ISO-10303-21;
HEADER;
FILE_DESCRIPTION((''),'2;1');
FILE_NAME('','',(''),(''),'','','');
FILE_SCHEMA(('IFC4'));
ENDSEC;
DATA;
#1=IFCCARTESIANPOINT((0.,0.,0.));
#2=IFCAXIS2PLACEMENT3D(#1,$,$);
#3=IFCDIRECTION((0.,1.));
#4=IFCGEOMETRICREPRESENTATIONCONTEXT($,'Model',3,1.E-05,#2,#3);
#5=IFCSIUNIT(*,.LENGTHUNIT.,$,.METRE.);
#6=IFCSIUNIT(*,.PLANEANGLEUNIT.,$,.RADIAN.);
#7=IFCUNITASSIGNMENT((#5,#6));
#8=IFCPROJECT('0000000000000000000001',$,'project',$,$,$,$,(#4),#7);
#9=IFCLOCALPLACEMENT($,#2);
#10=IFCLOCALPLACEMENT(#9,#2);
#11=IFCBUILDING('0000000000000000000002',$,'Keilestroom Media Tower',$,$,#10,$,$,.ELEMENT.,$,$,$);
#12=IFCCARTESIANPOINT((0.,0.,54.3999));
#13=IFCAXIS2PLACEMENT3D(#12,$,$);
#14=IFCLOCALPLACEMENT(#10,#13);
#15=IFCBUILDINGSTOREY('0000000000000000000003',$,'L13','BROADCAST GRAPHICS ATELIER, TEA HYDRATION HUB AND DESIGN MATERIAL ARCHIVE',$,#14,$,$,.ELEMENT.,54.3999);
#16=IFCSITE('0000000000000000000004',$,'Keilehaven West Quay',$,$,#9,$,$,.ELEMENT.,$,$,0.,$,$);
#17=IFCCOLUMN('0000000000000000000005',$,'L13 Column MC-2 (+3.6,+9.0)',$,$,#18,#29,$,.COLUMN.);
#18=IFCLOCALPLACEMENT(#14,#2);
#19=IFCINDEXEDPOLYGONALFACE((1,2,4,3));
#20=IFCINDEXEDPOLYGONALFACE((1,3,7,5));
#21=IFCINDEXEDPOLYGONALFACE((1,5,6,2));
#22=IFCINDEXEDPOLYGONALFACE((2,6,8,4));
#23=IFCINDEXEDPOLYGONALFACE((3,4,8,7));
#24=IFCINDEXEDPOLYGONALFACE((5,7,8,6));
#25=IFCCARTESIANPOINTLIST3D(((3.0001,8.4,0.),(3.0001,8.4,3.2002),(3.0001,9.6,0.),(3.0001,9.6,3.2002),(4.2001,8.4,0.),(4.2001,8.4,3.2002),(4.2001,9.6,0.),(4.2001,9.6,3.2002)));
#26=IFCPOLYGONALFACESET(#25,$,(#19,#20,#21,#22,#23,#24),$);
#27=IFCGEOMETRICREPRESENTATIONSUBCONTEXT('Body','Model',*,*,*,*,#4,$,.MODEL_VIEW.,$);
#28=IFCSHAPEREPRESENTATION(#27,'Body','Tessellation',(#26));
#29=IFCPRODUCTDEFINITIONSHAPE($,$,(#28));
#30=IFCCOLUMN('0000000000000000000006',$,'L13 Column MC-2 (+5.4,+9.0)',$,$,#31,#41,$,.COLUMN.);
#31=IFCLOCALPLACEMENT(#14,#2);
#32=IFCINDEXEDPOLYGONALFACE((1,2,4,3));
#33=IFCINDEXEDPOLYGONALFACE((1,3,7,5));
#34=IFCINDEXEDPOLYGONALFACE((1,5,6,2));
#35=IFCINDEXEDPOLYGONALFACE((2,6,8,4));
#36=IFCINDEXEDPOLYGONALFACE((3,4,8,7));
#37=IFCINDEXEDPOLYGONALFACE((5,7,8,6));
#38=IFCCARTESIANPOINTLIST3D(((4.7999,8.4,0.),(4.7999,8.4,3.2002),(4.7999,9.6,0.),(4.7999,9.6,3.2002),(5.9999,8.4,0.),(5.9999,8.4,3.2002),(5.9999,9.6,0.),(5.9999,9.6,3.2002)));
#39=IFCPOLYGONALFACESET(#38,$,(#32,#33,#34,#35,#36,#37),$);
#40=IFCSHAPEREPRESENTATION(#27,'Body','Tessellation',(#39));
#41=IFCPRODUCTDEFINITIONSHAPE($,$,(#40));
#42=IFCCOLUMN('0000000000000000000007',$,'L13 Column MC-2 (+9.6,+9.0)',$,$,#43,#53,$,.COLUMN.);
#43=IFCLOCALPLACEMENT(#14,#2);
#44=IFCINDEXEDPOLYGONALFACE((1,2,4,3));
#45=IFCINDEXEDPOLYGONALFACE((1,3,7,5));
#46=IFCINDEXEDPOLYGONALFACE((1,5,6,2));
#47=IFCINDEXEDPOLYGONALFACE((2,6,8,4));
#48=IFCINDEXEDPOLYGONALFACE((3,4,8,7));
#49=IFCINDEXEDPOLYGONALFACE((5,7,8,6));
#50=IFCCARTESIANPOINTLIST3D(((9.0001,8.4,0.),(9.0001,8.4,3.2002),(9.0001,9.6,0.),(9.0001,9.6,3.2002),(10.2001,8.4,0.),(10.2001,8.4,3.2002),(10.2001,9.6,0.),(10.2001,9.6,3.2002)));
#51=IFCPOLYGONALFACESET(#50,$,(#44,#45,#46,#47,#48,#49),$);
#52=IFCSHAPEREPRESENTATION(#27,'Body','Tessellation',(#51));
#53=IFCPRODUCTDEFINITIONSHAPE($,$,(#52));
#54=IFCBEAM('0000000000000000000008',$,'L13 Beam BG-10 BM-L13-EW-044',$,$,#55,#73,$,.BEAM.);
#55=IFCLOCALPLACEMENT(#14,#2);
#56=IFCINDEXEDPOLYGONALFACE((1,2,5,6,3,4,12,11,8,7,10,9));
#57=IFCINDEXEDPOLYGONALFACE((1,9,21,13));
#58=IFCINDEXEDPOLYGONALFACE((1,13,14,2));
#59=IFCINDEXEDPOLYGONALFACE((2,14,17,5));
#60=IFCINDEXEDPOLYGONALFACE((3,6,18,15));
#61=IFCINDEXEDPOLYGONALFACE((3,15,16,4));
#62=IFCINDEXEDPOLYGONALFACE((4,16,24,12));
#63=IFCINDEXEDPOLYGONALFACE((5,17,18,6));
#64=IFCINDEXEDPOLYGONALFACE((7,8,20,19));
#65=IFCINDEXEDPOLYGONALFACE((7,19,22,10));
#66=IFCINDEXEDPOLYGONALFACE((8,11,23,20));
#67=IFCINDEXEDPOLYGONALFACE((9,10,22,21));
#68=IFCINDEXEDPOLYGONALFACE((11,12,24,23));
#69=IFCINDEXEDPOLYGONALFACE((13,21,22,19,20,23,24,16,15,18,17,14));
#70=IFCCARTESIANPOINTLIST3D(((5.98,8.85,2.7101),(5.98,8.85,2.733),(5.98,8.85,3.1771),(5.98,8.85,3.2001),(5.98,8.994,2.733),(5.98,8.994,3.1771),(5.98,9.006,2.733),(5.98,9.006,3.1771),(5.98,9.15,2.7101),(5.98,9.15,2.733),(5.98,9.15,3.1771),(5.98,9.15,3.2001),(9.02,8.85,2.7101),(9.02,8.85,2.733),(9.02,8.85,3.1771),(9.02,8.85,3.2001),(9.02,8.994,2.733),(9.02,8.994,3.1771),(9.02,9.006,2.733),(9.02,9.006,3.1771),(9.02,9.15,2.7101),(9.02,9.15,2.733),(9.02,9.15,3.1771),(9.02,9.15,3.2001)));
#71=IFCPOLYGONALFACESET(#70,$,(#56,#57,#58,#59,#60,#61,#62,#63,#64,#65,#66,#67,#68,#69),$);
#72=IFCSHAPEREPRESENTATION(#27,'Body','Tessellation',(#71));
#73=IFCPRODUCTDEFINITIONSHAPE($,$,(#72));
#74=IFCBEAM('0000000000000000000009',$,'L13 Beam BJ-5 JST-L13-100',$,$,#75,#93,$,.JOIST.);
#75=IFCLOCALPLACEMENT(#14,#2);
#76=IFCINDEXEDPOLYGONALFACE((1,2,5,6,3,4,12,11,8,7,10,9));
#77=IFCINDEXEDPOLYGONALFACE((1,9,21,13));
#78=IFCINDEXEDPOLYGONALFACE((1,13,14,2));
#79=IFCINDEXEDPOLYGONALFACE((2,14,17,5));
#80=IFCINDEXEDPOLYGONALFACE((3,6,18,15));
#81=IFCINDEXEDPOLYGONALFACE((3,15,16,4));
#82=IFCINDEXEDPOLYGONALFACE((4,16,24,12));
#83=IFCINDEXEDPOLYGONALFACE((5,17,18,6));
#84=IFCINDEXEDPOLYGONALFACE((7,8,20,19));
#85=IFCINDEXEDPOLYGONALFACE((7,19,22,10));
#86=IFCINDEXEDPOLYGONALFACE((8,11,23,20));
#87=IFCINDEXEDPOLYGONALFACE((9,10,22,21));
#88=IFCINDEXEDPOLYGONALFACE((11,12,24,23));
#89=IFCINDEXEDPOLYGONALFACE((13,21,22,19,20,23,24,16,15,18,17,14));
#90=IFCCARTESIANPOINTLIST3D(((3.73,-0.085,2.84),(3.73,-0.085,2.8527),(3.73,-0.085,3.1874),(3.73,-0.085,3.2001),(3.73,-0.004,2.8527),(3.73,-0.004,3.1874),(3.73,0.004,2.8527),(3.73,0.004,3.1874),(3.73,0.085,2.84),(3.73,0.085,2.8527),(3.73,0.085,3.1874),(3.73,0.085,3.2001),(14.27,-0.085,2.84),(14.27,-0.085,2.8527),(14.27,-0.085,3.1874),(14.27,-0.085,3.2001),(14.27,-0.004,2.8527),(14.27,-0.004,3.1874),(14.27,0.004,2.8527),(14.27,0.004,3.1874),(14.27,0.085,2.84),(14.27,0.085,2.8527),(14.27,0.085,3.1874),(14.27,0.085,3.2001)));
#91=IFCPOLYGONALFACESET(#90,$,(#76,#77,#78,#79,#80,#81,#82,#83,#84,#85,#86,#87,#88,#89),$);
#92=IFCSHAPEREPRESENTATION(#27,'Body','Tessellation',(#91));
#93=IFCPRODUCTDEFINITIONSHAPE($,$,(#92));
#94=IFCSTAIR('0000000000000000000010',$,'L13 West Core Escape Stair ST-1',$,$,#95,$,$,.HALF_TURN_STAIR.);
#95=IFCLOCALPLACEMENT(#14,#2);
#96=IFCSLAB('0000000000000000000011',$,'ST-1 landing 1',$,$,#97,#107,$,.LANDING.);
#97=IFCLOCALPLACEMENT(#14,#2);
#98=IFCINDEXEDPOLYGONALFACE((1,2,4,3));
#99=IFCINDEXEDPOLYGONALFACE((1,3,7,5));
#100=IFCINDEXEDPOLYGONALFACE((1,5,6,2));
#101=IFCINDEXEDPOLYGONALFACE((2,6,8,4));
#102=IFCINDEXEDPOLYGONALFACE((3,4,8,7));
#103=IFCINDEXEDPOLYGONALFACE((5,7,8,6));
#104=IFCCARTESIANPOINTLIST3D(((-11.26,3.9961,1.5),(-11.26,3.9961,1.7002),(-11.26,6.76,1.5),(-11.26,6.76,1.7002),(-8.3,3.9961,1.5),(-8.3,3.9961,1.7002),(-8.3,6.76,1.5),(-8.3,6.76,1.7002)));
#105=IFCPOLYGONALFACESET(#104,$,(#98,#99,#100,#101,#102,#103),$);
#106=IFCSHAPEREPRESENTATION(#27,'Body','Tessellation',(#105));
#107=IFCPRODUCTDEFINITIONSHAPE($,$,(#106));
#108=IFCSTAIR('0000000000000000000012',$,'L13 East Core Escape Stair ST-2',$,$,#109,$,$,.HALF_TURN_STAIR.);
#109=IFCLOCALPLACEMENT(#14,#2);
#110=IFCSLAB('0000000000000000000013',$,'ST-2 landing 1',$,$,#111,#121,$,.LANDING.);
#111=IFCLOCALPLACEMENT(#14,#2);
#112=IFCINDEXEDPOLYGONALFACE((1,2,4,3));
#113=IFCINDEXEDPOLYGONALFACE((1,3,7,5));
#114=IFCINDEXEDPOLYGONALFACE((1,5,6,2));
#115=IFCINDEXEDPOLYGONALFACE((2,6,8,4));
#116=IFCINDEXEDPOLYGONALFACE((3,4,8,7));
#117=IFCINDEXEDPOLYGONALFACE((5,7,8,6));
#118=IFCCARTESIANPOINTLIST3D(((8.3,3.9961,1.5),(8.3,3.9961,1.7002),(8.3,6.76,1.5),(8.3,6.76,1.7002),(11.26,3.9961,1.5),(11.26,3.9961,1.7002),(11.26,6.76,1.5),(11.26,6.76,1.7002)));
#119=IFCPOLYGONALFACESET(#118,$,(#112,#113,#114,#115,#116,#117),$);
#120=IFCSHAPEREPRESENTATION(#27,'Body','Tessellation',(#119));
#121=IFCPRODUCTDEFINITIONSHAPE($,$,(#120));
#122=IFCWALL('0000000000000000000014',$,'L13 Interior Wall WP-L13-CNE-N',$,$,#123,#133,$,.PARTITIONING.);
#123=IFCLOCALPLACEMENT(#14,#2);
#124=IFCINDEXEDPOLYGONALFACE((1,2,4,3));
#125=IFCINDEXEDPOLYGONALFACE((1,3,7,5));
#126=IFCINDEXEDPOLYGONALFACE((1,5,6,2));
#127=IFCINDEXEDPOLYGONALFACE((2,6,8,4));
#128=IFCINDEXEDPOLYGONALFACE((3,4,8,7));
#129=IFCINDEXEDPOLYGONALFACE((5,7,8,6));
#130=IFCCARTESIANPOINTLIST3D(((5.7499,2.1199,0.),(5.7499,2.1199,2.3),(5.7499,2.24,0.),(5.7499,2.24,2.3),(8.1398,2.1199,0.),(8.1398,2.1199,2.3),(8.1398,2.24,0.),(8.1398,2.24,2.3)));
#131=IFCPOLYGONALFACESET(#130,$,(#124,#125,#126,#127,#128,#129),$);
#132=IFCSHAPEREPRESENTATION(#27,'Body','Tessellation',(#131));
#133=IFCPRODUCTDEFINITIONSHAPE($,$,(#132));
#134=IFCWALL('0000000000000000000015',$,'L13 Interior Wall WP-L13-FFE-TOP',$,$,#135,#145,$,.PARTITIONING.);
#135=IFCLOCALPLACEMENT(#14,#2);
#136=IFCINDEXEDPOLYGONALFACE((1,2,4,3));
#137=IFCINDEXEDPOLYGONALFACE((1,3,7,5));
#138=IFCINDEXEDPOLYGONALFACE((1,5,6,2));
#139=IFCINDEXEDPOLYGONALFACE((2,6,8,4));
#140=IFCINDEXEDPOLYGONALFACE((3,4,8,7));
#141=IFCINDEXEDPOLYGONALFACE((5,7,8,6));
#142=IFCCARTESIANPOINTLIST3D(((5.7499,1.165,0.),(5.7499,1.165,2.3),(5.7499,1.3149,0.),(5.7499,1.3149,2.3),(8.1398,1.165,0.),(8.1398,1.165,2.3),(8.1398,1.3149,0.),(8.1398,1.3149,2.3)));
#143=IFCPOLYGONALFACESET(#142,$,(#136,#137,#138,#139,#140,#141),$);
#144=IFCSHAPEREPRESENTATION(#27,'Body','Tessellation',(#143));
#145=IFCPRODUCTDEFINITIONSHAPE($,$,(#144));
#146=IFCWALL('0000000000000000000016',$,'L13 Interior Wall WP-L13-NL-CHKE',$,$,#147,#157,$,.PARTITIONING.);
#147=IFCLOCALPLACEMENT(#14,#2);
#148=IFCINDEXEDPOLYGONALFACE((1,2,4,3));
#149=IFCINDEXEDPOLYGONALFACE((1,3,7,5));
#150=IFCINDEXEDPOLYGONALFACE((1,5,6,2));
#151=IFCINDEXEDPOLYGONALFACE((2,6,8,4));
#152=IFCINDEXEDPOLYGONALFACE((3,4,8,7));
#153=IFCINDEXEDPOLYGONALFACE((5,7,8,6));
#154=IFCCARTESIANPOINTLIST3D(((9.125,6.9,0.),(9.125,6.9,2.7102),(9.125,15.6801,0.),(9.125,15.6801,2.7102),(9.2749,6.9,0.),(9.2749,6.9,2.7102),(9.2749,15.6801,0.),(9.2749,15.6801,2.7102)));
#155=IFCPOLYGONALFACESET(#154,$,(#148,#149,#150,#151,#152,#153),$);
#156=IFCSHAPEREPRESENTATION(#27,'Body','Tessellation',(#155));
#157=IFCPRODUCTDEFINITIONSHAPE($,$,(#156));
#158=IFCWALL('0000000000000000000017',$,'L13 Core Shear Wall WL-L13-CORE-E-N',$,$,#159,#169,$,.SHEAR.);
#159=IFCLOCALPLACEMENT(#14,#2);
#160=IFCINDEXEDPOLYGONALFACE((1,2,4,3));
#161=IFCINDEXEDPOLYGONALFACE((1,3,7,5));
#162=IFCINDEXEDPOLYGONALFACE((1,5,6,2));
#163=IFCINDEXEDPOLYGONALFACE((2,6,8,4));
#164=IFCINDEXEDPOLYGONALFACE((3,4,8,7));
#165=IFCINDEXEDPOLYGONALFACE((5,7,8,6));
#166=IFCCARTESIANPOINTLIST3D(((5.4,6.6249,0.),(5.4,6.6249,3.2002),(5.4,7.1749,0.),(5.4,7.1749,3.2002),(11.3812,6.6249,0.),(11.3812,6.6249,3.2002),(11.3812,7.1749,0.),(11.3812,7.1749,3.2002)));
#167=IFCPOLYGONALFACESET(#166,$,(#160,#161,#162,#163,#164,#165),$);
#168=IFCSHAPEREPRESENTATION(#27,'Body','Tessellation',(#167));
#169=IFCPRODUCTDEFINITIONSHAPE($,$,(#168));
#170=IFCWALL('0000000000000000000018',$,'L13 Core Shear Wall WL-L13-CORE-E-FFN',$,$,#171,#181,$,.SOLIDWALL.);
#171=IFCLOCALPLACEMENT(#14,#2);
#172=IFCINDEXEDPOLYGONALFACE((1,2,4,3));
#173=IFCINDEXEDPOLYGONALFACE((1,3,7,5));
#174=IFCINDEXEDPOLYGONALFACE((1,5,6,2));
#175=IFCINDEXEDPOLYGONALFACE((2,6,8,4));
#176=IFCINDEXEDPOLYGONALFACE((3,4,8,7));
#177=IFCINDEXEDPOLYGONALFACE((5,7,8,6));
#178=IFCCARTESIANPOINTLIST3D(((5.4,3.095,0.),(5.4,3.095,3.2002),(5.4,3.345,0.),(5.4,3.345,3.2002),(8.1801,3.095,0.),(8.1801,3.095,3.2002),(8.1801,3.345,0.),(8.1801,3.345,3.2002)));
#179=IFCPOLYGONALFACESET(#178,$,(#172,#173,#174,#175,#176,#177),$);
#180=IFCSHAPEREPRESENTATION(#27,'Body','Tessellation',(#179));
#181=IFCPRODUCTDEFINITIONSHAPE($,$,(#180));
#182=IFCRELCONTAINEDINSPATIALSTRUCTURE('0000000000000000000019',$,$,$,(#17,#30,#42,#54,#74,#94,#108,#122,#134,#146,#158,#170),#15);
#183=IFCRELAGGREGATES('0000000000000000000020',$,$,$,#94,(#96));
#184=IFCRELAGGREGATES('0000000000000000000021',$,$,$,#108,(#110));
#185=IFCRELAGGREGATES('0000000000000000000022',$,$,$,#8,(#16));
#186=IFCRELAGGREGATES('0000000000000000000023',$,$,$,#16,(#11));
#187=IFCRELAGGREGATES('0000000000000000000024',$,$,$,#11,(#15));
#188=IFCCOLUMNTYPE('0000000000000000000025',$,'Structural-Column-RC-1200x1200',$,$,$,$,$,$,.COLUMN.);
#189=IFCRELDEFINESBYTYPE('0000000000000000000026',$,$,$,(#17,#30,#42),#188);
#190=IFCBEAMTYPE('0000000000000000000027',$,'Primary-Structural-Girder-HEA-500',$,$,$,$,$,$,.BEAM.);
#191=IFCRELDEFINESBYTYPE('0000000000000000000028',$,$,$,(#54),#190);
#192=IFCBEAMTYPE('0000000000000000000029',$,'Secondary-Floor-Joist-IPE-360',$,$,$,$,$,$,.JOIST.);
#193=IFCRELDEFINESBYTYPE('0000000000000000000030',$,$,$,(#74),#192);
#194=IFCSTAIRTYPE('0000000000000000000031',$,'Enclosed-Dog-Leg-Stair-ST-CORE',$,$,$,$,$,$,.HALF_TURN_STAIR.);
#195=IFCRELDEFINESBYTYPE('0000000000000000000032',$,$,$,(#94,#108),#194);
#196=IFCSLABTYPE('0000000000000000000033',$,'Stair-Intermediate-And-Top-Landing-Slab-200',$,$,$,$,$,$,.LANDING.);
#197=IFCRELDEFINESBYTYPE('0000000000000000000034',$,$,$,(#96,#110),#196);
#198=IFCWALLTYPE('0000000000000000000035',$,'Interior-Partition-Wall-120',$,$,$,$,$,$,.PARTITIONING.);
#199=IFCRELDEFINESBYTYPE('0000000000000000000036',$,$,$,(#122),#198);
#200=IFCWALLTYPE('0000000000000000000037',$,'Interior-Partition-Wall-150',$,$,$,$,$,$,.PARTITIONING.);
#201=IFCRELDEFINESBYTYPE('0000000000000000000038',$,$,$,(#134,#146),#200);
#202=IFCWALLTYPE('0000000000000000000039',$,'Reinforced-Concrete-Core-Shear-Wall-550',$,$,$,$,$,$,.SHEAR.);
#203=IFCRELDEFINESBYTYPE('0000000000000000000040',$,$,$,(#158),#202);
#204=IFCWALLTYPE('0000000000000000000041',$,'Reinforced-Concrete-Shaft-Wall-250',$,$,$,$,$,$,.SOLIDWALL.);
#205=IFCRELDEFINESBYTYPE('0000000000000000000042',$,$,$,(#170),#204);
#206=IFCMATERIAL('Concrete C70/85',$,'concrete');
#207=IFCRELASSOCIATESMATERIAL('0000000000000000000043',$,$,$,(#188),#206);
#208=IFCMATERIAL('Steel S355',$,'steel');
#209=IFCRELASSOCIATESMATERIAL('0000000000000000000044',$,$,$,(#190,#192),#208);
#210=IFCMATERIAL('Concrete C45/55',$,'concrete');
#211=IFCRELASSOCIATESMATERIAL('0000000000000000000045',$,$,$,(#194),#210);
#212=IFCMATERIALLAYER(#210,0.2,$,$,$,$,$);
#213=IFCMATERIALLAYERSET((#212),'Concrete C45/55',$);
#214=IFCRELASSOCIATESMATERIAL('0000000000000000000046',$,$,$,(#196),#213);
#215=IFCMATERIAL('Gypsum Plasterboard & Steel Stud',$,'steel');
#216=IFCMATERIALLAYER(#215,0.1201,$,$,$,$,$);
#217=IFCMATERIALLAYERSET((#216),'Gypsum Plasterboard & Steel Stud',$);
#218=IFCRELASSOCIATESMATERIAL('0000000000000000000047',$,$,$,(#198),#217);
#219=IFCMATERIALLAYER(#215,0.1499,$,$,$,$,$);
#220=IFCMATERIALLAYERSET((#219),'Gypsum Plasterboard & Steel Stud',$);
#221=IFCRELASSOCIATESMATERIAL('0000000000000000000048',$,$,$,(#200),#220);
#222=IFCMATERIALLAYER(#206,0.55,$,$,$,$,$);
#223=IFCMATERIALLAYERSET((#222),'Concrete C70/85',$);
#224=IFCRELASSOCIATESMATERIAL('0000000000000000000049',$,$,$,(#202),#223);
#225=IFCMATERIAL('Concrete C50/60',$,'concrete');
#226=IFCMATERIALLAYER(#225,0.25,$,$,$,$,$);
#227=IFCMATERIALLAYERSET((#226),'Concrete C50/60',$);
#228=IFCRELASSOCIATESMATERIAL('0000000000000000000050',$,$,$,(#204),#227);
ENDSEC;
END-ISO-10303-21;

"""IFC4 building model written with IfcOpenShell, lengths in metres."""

from ifc_helpers import new_model, si_unit, direction, frame, frame_2d, origin, origin_2d, place, context, subcontext, project, spatial, polyline, rectangle, i_section, outline, extrude, source, transform, mapped, material, layer, layer_set, material_profile, profile_set, type_object, element, aggregate, save


model = new_model("IFC4")

# Units and contexts
model_context = context("Model", 3, precision=1e-05, world=origin(), true_north=direction((0.0, 1.0)))
body_context = subcontext(model_context, "Body", "Model", "MODEL_VIEW")
ifc_project = project(units=[si_unit("LENGTHUNIT", "METRE"), si_unit("PLANEANGLEUNIT", "RADIAN")], contexts=[model_context])

# Site, building, storey
site_placement = place(None, origin())
site = spatial("IfcSite", under=ifc_project, at=site_placement, Name="Keilehaven West Quay", CompositionType="ELEMENT", RefElevation=0.0)
building_placement = place(site_placement, origin())
building = spatial("IfcBuilding", under=site, at=building_placement, Name="Keilestroom Media Tower", CompositionType="ELEMENT")
storey_placement = place(building_placement, frame((0.0, 0.0, 54.3999)))
storey = spatial("IfcBuildingStorey", under=building, at=storey_placement, Name="L13", Description="BROADCAST GRAPHICS ATELIER, TEA HYDRATION HUB AND DESIGN MATERIAL ARCHIVE", CompositionType="ELEMENT", Elevation=54.3999)

# Columns
ifc_material_1 = material(Name="Concrete C70/85", Category="concrete")
ifc_material_profile_1 = material_profile(ifc_material_1, rectangle(XDim=1.2, YDim=1.2, at=origin_2d()), Name="RC 1200x1200")
ifc_profile_set_1 = profile_set([ifc_material_profile_1], Name="Concrete C70/85")
column_type = type_object("IfcColumnType", Name="Structural-Column-RC-1200x1200", PredefinedType="COLUMN", material=ifc_profile_set_1)
shared_shape_1 = source(origin(), body_context, "Body", "SweptSolid", [
    extrude(rectangle(XDim=1.2, YDim=1.2, at=origin_2d()), origin(), (0.0, 0.0, 1.0), 3.2002),
])
for number, where, z_axis, x_axis, name in (
    (1, (3.6001, 9.0, 0.0), (0.0, 0.0, 1.0), (1.0, 0.0, 0.0), "L13 Column MC-2 (+3.6,+9.0)"),
    (2, (5.3999, 9.0, 0.0), (0.0, 0.0, 1.0), (1.0, 0.0, 0.0), "L13 Column MC-2 (+5.4,+9.0)"),
    (3, (9.6001, 9.0, 0.0), (0.0, 0.0, 1.0), (1.0, 0.0, 0.0), "L13 Column MC-2 (+9.6,+9.0)"),
):
    element("IfcColumn", number, at=place(storey_placement, frame(where, z_axis=z_axis, x_axis=x_axis)), inside=storey, type_object=column_type, Name=name, PredefinedType="COLUMN", context=body_context, shape_type="MappedRepresentation", body=[
        mapped(shared_shape_1, transform((0.0, 0.0, 0.0), x_axis=(1.0, 0.0, 0.0), y_axis=(0.0, 1.0, 0.0), z_axis=(0.0, 0.0, 1.0), scale=1.0)),
    ])

# Beams
ifc_material_2 = material(Name="Steel S355", Category="steel")
ifc_material_profile_2 = material_profile(ifc_material_2, i_section(OverallWidth=0.3, OverallDepth=0.49, WebThickness=0.012, FlangeThickness=0.0229, at=origin_2d()), Name="HEA 500")
ifc_profile_set_2 = profile_set([ifc_material_profile_2], Name="Steel S355")
beam_type_1 = type_object("IfcBeamType", Name="Primary-Structural-Girder-HEA-500", PredefinedType="BEAM", material=ifc_profile_set_2)
shared_shape_2 = source(origin(), body_context, "Body", "SweptSolid", [
    extrude(i_section(OverallWidth=0.3, OverallDepth=0.49, WebThickness=0.012, FlangeThickness=0.0229, at=origin_2d()), origin(), (0.0, 0.0, 1.0), 3.04),
])
beam_1_placement = place(storey_placement, frame((5.98, 9.0, 2.9551), z_axis=(1.0, 0.0, 0.0), x_axis=(0.0, 1.0, 0.0)))
element("IfcBeam", 4, at=beam_1_placement, inside=storey, type_object=beam_type_1, Name="L13 Beam BG-10 BM-L13-EW-044", PredefinedType="BEAM", context=body_context, shape_type="MappedRepresentation", body=[
    mapped(shared_shape_2, transform((0.0, 0.0, 0.0), x_axis=(1.0, 0.0, 0.0), y_axis=(0.0, 1.0, 0.0), z_axis=(0.0, 0.0, 1.0), scale=1.0)),
])
ifc_material_profile_3 = material_profile(ifc_material_2, i_section(OverallWidth=0.1699, OverallDepth=0.3601, WebThickness=0.0081, FlangeThickness=0.0127, at=origin_2d()), Name="IPE 360")
ifc_profile_set_3 = profile_set([ifc_material_profile_3], Name="Steel S355")
beam_type_2 = type_object("IfcBeamType", Name="Secondary-Floor-Joist-IPE-360", PredefinedType="JOIST", material=ifc_profile_set_3)
shared_shape_3 = source(origin(), body_context, "Body", "SweptSolid", [
    extrude(i_section(OverallWidth=0.1699, OverallDepth=0.3601, WebThickness=0.0081, FlangeThickness=0.0127, at=origin_2d()), origin(), (0.0, 0.0, 1.0), 10.54),
])
beam_2_placement = place(storey_placement, frame((3.73, 0.0, 3.02), z_axis=(1.0, 0.0, 0.0), x_axis=(0.0, 1.0, 0.0)))
element("IfcBeam", 5, at=beam_2_placement, inside=storey, type_object=beam_type_2, Name="L13 Beam BJ-5 JST-L13-100", PredefinedType="JOIST", context=body_context, shape_type="MappedRepresentation", body=[
    mapped(shared_shape_3, transform((0.0, 0.0, 0.0), x_axis=(1.0, 0.0, 0.0), y_axis=(0.0, 1.0, 0.0), z_axis=(0.0, 0.0, 1.0), scale=1.0)),
])

# Stairs, slabs
ifc_material_3 = material(Name="Concrete C45/55", Category="concrete")
stair_type = type_object("IfcStairType", Name="Enclosed-Dog-Leg-Stair-ST-CORE", PredefinedType="HALF_TURN_STAIR", material=ifc_material_3)
stair_1_placement = place(storey_placement, origin())
stair_1 = element("IfcStair", 6, at=stair_1_placement, inside=storey, type_object=stair_type, Name="L13 West Core Escape Stair ST-1", PredefinedType="HALF_TURN_STAIR")
ifc_layer_1 = layer(ifc_material_3, 0.2)
ifc_layer_set_1 = layer_set([ifc_layer_1], Name="Concrete C45/55")
slab_type = type_object("IfcSlabType", Name="Stair-Intermediate-And-Top-Landing-Slab-200", PredefinedType="LANDING", material=ifc_layer_set_1)
slab_1_placement = place(storey_placement, frame((0.0, 0.0, 1.5)))
slab_1 = element("IfcSlab", 7, at=slab_1_placement, type_object=slab_type, Name="ST-1 landing 1", PredefinedType="LANDING", context=body_context, shape_type="SweptSolid", body=[
    extrude(outline(polyline([(-8.3, 3.9961), (-8.3, 6.76), (-11.26, 6.76), (-11.26, 3.9961), (-8.3, 3.9961)])), origin(), (0.0, 0.0, 1.0), 0.2002),
])
aggregate(stair_1, [slab_1])
stair_2_placement = place(storey_placement, origin())
stair_2 = element("IfcStair", 8, at=stair_2_placement, inside=storey, type_object=stair_type, Name="L13 East Core Escape Stair ST-2", PredefinedType="HALF_TURN_STAIR")
slab_2_placement = place(storey_placement, frame((0.0, 0.0, 1.5)))
slab_2 = element("IfcSlab", 9, at=slab_2_placement, type_object=slab_type, Name="ST-2 landing 1", PredefinedType="LANDING", context=body_context, shape_type="SweptSolid", body=[
    extrude(outline(polyline([(11.26, 3.9961), (11.26, 6.76), (8.3, 6.76), (8.3, 3.9961), (11.26, 3.9961)])), origin(), (0.0, 0.0, 1.0), 0.2002),
])

# Walls
ifc_material_4 = material(Name="Gypsum Plasterboard & Steel Stud", Category="steel")
ifc_layer_2 = layer(ifc_material_4, 0.1201)
ifc_layer_set_2 = layer_set([ifc_layer_2], Name="Gypsum Plasterboard & Steel Stud")
wall_type_1 = type_object("IfcWallType", Name="Interior-Partition-Wall-120", PredefinedType="PARTITIONING", material=ifc_layer_set_2)
wall_1_placement = place(storey_placement, frame((5.75, 2.1799, 0.0), z_axis=(0.0, 0.0, 1.0), x_axis=(1.0, 0.0, 0.0)))
element("IfcWall", 10, at=wall_1_placement, inside=storey, type_object=wall_type_1, Name="L13 Interior Wall WP-L13-CNE-N", PredefinedType="PARTITIONING", context=body_context, shape_type="SweptSolid", body=[
    extrude(rectangle(XDim=2.3899, YDim=0.1201, at=frame_2d((1.1948, 0.0))), origin(), (0.0, 0.0, 1.0), 2.3),
])
ifc_layer_3 = layer(ifc_material_4, 0.1499)
ifc_layer_set_3 = layer_set([ifc_layer_3], Name="Gypsum Plasterboard & Steel Stud")
wall_type_2 = type_object("IfcWallType", Name="Interior-Partition-Wall-150", PredefinedType="PARTITIONING", material=ifc_layer_set_3)
wall_2_placement = place(storey_placement, frame((5.75, 1.24, 0.0), z_axis=(0.0, 0.0, 1.0), x_axis=(1.0, 0.0, 0.0)))
element("IfcWall", 11, at=wall_2_placement, inside=storey, type_object=wall_type_2, Name="L13 Interior Wall WP-L13-FFE-TOP", PredefinedType="PARTITIONING", context=body_context, shape_type="SweptSolid", body=[
    extrude(rectangle(XDim=2.3899, YDim=0.1499, at=frame_2d((1.1948, 0.0))), origin(), (0.0, 0.0, 1.0), 2.3),
])
wall_3_placement = place(storey_placement, frame((9.2, 6.8999, 0.0), z_axis=(0.0, 0.0, 1.0), x_axis=(0.0, 1.0, 0.0)))
element("IfcWall", 12, at=wall_3_placement, inside=storey, type_object=wall_type_2, Name="L13 Interior Wall WP-L13-NL-CHKE", PredefinedType="PARTITIONING", context=body_context, shape_type="SweptSolid", body=[
    extrude(rectangle(XDim=8.78, YDim=0.1499, at=frame_2d((4.3901, 0.0))), origin(), (0.0, 0.0, 1.0), 2.7102),
])
ifc_layer_4 = layer(ifc_material_1, 0.55)
ifc_layer_set_4 = layer_set([ifc_layer_4], Name="Concrete C70/85")
wall_type_3 = type_object("IfcWallType", Name="Reinforced-Concrete-Core-Shear-Wall-550", PredefinedType="SHEAR", material=ifc_layer_set_4)
wall_4_placement = place(storey_placement, frame((5.3999, 6.8999, 0.0), z_axis=(0.0, 0.0, 1.0), x_axis=(1.0, 0.0, 0.0)))
element("IfcWall", 13, at=wall_4_placement, inside=storey, type_object=wall_type_3, Name="L13 Core Shear Wall WL-L13-CORE-E-N", PredefinedType="SHEAR", context=body_context, shape_type="SweptSolid", body=[
    extrude(rectangle(XDim=5.9812, YDim=0.55, at=frame_2d((2.9907, 0.0))), origin(), (0.0, 0.0, 1.0), 3.2002),
])
ifc_material_5 = material(Name="Concrete C50/60", Category="concrete")
ifc_layer_5 = layer(ifc_material_5, 0.25)
ifc_layer_set_5 = layer_set([ifc_layer_5], Name="Concrete C50/60")
wall_type_4 = type_object("IfcWallType", Name="Reinforced-Concrete-Shaft-Wall-250", PredefinedType="SOLIDWALL", material=ifc_layer_set_5)
wall_5_placement = place(storey_placement, frame((5.3999, 3.22, 0.0), z_axis=(0.0, 0.0, 1.0), x_axis=(1.0, 0.0, 0.0)))
element("IfcWall", 14, at=wall_5_placement, inside=storey, type_object=wall_type_4, Name="L13 Core Shear Wall WL-L13-CORE-E-FFN", PredefinedType="SOLIDWALL", context=body_context, shape_type="SweptSolid", body=[
    extrude(rectangle(XDim=2.78, YDim=0.25, at=frame_2d((1.3901, 0.0))), origin(), (0.0, 0.0, 1.0), 3.2002),
])

aggregate(stair_2, [slab_2])

save(model, "model.ifc")
